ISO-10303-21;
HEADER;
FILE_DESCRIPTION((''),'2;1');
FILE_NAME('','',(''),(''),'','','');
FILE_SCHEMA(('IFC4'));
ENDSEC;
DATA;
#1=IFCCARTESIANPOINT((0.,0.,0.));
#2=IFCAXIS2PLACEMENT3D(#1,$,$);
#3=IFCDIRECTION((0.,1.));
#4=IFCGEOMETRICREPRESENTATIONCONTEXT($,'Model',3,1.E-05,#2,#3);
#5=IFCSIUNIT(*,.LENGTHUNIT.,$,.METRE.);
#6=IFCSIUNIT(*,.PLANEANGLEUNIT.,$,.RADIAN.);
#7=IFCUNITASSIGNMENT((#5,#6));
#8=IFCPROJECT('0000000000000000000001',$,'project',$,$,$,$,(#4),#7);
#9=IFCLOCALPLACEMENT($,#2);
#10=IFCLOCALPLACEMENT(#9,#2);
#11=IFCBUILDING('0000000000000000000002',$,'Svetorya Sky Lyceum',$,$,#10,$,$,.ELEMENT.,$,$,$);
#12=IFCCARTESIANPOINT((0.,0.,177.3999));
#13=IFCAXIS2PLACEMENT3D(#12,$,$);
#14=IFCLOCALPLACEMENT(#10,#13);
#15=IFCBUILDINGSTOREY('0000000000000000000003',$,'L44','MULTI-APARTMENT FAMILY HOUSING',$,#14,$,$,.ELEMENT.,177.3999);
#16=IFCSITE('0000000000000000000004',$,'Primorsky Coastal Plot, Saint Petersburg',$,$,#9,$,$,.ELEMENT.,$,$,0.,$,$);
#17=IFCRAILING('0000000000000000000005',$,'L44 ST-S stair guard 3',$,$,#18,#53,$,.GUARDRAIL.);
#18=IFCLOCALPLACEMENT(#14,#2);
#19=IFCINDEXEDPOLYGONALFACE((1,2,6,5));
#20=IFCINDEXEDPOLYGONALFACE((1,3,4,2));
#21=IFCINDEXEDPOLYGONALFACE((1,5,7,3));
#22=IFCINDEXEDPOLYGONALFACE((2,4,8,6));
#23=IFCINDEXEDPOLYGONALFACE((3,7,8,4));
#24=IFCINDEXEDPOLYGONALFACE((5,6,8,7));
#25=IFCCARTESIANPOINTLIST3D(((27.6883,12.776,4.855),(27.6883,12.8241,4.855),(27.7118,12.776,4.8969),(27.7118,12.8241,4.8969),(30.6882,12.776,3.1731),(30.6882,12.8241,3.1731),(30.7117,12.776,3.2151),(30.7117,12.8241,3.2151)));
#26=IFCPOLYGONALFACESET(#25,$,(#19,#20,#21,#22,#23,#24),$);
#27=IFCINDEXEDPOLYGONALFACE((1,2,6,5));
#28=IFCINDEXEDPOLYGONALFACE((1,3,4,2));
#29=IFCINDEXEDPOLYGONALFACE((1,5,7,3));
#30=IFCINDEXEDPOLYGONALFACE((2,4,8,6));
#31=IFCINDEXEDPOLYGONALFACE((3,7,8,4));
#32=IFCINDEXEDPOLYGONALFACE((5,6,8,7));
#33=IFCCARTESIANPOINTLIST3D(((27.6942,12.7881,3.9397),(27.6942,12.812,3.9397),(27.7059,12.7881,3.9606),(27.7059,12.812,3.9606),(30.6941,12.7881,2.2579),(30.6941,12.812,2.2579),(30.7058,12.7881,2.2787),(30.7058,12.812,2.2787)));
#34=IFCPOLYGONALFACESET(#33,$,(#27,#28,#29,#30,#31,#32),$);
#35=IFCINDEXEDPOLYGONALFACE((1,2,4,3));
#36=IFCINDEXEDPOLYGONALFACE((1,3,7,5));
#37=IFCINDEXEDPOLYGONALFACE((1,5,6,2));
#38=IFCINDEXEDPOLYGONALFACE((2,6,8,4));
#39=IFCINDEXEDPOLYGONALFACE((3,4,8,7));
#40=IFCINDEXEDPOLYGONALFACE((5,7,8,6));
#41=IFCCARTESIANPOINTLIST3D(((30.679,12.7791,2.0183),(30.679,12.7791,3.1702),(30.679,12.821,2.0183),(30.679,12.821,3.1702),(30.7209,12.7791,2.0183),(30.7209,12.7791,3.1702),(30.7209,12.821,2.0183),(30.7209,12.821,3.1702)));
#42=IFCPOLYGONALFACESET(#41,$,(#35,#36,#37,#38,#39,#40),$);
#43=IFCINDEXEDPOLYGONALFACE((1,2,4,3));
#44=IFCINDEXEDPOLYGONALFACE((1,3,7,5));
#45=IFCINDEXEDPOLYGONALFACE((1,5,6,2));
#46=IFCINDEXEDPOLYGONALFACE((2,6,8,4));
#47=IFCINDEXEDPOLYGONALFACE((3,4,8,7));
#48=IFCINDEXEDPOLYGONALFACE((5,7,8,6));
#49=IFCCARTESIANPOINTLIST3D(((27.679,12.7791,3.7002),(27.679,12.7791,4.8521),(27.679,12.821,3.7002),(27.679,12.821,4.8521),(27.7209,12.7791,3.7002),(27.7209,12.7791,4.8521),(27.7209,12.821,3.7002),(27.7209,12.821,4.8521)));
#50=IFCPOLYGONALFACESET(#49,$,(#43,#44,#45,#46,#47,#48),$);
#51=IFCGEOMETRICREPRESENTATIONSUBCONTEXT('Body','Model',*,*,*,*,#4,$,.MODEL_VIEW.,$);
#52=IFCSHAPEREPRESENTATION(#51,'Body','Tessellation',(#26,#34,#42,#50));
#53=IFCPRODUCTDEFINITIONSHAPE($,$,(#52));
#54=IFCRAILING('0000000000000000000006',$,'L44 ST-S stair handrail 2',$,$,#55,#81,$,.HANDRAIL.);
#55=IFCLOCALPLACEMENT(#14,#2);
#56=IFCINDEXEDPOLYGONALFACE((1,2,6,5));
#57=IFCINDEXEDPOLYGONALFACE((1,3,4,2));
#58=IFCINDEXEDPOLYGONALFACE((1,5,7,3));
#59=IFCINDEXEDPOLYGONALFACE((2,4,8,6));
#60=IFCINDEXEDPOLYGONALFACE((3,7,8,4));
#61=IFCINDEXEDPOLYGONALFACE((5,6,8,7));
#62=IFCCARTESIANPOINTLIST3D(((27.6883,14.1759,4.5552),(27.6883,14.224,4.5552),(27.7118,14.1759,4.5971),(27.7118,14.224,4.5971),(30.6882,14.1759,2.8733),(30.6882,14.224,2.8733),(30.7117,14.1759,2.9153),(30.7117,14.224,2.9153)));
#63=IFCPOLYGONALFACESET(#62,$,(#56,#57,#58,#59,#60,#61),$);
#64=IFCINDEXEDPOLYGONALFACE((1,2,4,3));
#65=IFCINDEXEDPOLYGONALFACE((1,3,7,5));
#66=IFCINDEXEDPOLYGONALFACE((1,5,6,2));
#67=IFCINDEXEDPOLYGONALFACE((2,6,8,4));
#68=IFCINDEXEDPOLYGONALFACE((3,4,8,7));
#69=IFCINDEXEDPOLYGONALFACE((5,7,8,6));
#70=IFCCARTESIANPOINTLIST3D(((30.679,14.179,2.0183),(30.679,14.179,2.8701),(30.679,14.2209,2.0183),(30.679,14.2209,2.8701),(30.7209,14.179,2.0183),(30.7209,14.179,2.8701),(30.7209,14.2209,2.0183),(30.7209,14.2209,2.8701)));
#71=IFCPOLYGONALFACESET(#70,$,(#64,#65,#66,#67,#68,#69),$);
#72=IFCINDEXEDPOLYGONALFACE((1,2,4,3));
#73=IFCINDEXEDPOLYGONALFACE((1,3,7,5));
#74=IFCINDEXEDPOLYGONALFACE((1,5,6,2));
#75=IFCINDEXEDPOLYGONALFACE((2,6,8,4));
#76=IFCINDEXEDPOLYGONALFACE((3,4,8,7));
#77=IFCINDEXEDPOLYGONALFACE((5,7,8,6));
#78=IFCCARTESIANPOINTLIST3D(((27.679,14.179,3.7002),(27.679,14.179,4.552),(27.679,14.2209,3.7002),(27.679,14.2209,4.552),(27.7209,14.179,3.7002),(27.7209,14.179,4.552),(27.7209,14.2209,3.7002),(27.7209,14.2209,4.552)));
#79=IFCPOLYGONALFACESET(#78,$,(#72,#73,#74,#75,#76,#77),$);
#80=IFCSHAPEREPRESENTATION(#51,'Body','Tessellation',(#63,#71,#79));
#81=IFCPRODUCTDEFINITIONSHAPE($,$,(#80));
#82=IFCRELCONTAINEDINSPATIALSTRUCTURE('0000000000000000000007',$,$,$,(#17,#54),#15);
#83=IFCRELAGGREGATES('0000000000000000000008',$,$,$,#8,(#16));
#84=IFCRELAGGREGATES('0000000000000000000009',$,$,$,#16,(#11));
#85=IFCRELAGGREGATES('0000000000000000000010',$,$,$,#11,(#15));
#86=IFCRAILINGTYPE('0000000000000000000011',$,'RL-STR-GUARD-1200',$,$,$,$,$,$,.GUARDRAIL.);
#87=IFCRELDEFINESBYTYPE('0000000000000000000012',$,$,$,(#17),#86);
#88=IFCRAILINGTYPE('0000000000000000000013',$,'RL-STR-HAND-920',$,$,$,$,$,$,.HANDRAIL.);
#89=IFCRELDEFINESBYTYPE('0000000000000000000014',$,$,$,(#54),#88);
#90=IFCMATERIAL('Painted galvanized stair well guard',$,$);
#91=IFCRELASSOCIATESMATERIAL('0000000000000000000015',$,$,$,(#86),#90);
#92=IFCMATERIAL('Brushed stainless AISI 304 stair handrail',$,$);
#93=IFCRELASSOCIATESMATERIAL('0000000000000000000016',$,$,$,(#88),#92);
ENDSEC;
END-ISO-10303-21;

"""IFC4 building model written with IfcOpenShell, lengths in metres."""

from ifc_helpers import new_model, si_unit, direction, frame, origin, origin_2d, place, context, subcontext, project, spatial, rectangle, extrude, material, type_object, element, save


model = new_model("IFC4")

# Units and contexts
model_context = context("Model", 3, precision=1e-05, world=origin(), true_north=direction((0.0, 1.0)))
body_context = subcontext(model_context, "Body", "Model", "MODEL_VIEW")
ifc_project = project(units=[si_unit("LENGTHUNIT", "METRE"), si_unit("PLANEANGLEUNIT", "RADIAN")], contexts=[model_context])

# Site, building, storey
site_placement = place(None, origin())
site = spatial("IfcSite", under=ifc_project, at=site_placement, Name="Primorsky Coastal Plot, Saint Petersburg", CompositionType="ELEMENT", RefElevation=0.0)
building_placement = place(site_placement, origin())
building = spatial("IfcBuilding", under=site, at=building_placement, Name="Svetorya Sky Lyceum", CompositionType="ELEMENT")
storey_placement = place(building_placement, frame((0.0, 0.0, 177.3999)))
storey = spatial("IfcBuildingStorey", under=building, at=storey_placement, Name="L44", Description="MULTI-APARTMENT FAMILY HOUSING", CompositionType="ELEMENT", Elevation=177.3999)

# Railings
ifc_material_1 = material(Name="Painted galvanized stair well guard")
railing_type_1 = type_object("IfcRailingType", Name="RL-STR-GUARD-1200", PredefinedType="GUARDRAIL", material=ifc_material_1)
railing_1_placement = place(storey_placement, frame((30.7, 12.8, 2.0183)))
element("IfcRailing", 1, at=railing_1_placement, inside=storey, type_object=railing_type_1, Name="L44 ST-S stair guard 3", PredefinedType="GUARDRAIL", context=body_context, shape_type="SweptSolid", body=[
    extrude(rectangle(XDim=0.0481, YDim=0.0481, at=origin_2d()), frame((0.0, 0.0, 1.1758), z_axis=(-0.872272, 0.0, 0.48902), x_axis=(0.0, -1.0, 0.0)), (0.0, 0.0, 1.0), 3.4392),
    extrude(rectangle(XDim=0.0239, YDim=0.0239, at=origin_2d()), frame((0.0, 0.0, 0.25), z_axis=(-0.872272, 0.0, 0.48902), x_axis=(0.0, -1.0, 0.0)), (0.0, 0.0, 1.0), 3.4392),
    extrude(rectangle(XDim=0.042, YDim=0.042, at=origin_2d()), origin(), (0.0, 0.0, 1.0), 1.1519),
    extrude(rectangle(XDim=0.042, YDim=0.042, at=origin_2d()), frame((-3.0, 0.0, 1.6819)), (0.0, 0.0, 1.0), 1.1519),
])
ifc_material_2 = material(Name="Brushed stainless AISI 304 stair handrail")
railing_type_2 = type_object("IfcRailingType", Name="RL-STR-HAND-920", PredefinedType="HANDRAIL", material=ifc_material_2)
railing_2_placement = place(storey_placement, frame((30.7, 14.2, 2.0183)))
element("IfcRailing", 2, at=railing_2_placement, inside=storey, type_object=railing_type_2, Name="L44 ST-S stair handrail 2", PredefinedType="HANDRAIL", context=body_context, shape_type="SweptSolid", body=[
    extrude(rectangle(XDim=0.0481, YDim=0.0481, at=origin_2d()), frame((0.0, 0.0, 0.876), z_axis=(-0.872272, 0.0, 0.48902), x_axis=(0.0, -1.0, 0.0)), (0.0, 0.0, 1.0), 3.4392),
    extrude(rectangle(XDim=0.042, YDim=0.042, at=origin_2d()), origin(), (0.0, 0.0, 1.0), 0.8518),
    extrude(rectangle(XDim=0.042, YDim=0.042, at=origin_2d()), frame((-3.0, 0.0, 1.6819)), (0.0, 0.0, 1.0), 0.8518),
])

save(model, "model.ifc")
